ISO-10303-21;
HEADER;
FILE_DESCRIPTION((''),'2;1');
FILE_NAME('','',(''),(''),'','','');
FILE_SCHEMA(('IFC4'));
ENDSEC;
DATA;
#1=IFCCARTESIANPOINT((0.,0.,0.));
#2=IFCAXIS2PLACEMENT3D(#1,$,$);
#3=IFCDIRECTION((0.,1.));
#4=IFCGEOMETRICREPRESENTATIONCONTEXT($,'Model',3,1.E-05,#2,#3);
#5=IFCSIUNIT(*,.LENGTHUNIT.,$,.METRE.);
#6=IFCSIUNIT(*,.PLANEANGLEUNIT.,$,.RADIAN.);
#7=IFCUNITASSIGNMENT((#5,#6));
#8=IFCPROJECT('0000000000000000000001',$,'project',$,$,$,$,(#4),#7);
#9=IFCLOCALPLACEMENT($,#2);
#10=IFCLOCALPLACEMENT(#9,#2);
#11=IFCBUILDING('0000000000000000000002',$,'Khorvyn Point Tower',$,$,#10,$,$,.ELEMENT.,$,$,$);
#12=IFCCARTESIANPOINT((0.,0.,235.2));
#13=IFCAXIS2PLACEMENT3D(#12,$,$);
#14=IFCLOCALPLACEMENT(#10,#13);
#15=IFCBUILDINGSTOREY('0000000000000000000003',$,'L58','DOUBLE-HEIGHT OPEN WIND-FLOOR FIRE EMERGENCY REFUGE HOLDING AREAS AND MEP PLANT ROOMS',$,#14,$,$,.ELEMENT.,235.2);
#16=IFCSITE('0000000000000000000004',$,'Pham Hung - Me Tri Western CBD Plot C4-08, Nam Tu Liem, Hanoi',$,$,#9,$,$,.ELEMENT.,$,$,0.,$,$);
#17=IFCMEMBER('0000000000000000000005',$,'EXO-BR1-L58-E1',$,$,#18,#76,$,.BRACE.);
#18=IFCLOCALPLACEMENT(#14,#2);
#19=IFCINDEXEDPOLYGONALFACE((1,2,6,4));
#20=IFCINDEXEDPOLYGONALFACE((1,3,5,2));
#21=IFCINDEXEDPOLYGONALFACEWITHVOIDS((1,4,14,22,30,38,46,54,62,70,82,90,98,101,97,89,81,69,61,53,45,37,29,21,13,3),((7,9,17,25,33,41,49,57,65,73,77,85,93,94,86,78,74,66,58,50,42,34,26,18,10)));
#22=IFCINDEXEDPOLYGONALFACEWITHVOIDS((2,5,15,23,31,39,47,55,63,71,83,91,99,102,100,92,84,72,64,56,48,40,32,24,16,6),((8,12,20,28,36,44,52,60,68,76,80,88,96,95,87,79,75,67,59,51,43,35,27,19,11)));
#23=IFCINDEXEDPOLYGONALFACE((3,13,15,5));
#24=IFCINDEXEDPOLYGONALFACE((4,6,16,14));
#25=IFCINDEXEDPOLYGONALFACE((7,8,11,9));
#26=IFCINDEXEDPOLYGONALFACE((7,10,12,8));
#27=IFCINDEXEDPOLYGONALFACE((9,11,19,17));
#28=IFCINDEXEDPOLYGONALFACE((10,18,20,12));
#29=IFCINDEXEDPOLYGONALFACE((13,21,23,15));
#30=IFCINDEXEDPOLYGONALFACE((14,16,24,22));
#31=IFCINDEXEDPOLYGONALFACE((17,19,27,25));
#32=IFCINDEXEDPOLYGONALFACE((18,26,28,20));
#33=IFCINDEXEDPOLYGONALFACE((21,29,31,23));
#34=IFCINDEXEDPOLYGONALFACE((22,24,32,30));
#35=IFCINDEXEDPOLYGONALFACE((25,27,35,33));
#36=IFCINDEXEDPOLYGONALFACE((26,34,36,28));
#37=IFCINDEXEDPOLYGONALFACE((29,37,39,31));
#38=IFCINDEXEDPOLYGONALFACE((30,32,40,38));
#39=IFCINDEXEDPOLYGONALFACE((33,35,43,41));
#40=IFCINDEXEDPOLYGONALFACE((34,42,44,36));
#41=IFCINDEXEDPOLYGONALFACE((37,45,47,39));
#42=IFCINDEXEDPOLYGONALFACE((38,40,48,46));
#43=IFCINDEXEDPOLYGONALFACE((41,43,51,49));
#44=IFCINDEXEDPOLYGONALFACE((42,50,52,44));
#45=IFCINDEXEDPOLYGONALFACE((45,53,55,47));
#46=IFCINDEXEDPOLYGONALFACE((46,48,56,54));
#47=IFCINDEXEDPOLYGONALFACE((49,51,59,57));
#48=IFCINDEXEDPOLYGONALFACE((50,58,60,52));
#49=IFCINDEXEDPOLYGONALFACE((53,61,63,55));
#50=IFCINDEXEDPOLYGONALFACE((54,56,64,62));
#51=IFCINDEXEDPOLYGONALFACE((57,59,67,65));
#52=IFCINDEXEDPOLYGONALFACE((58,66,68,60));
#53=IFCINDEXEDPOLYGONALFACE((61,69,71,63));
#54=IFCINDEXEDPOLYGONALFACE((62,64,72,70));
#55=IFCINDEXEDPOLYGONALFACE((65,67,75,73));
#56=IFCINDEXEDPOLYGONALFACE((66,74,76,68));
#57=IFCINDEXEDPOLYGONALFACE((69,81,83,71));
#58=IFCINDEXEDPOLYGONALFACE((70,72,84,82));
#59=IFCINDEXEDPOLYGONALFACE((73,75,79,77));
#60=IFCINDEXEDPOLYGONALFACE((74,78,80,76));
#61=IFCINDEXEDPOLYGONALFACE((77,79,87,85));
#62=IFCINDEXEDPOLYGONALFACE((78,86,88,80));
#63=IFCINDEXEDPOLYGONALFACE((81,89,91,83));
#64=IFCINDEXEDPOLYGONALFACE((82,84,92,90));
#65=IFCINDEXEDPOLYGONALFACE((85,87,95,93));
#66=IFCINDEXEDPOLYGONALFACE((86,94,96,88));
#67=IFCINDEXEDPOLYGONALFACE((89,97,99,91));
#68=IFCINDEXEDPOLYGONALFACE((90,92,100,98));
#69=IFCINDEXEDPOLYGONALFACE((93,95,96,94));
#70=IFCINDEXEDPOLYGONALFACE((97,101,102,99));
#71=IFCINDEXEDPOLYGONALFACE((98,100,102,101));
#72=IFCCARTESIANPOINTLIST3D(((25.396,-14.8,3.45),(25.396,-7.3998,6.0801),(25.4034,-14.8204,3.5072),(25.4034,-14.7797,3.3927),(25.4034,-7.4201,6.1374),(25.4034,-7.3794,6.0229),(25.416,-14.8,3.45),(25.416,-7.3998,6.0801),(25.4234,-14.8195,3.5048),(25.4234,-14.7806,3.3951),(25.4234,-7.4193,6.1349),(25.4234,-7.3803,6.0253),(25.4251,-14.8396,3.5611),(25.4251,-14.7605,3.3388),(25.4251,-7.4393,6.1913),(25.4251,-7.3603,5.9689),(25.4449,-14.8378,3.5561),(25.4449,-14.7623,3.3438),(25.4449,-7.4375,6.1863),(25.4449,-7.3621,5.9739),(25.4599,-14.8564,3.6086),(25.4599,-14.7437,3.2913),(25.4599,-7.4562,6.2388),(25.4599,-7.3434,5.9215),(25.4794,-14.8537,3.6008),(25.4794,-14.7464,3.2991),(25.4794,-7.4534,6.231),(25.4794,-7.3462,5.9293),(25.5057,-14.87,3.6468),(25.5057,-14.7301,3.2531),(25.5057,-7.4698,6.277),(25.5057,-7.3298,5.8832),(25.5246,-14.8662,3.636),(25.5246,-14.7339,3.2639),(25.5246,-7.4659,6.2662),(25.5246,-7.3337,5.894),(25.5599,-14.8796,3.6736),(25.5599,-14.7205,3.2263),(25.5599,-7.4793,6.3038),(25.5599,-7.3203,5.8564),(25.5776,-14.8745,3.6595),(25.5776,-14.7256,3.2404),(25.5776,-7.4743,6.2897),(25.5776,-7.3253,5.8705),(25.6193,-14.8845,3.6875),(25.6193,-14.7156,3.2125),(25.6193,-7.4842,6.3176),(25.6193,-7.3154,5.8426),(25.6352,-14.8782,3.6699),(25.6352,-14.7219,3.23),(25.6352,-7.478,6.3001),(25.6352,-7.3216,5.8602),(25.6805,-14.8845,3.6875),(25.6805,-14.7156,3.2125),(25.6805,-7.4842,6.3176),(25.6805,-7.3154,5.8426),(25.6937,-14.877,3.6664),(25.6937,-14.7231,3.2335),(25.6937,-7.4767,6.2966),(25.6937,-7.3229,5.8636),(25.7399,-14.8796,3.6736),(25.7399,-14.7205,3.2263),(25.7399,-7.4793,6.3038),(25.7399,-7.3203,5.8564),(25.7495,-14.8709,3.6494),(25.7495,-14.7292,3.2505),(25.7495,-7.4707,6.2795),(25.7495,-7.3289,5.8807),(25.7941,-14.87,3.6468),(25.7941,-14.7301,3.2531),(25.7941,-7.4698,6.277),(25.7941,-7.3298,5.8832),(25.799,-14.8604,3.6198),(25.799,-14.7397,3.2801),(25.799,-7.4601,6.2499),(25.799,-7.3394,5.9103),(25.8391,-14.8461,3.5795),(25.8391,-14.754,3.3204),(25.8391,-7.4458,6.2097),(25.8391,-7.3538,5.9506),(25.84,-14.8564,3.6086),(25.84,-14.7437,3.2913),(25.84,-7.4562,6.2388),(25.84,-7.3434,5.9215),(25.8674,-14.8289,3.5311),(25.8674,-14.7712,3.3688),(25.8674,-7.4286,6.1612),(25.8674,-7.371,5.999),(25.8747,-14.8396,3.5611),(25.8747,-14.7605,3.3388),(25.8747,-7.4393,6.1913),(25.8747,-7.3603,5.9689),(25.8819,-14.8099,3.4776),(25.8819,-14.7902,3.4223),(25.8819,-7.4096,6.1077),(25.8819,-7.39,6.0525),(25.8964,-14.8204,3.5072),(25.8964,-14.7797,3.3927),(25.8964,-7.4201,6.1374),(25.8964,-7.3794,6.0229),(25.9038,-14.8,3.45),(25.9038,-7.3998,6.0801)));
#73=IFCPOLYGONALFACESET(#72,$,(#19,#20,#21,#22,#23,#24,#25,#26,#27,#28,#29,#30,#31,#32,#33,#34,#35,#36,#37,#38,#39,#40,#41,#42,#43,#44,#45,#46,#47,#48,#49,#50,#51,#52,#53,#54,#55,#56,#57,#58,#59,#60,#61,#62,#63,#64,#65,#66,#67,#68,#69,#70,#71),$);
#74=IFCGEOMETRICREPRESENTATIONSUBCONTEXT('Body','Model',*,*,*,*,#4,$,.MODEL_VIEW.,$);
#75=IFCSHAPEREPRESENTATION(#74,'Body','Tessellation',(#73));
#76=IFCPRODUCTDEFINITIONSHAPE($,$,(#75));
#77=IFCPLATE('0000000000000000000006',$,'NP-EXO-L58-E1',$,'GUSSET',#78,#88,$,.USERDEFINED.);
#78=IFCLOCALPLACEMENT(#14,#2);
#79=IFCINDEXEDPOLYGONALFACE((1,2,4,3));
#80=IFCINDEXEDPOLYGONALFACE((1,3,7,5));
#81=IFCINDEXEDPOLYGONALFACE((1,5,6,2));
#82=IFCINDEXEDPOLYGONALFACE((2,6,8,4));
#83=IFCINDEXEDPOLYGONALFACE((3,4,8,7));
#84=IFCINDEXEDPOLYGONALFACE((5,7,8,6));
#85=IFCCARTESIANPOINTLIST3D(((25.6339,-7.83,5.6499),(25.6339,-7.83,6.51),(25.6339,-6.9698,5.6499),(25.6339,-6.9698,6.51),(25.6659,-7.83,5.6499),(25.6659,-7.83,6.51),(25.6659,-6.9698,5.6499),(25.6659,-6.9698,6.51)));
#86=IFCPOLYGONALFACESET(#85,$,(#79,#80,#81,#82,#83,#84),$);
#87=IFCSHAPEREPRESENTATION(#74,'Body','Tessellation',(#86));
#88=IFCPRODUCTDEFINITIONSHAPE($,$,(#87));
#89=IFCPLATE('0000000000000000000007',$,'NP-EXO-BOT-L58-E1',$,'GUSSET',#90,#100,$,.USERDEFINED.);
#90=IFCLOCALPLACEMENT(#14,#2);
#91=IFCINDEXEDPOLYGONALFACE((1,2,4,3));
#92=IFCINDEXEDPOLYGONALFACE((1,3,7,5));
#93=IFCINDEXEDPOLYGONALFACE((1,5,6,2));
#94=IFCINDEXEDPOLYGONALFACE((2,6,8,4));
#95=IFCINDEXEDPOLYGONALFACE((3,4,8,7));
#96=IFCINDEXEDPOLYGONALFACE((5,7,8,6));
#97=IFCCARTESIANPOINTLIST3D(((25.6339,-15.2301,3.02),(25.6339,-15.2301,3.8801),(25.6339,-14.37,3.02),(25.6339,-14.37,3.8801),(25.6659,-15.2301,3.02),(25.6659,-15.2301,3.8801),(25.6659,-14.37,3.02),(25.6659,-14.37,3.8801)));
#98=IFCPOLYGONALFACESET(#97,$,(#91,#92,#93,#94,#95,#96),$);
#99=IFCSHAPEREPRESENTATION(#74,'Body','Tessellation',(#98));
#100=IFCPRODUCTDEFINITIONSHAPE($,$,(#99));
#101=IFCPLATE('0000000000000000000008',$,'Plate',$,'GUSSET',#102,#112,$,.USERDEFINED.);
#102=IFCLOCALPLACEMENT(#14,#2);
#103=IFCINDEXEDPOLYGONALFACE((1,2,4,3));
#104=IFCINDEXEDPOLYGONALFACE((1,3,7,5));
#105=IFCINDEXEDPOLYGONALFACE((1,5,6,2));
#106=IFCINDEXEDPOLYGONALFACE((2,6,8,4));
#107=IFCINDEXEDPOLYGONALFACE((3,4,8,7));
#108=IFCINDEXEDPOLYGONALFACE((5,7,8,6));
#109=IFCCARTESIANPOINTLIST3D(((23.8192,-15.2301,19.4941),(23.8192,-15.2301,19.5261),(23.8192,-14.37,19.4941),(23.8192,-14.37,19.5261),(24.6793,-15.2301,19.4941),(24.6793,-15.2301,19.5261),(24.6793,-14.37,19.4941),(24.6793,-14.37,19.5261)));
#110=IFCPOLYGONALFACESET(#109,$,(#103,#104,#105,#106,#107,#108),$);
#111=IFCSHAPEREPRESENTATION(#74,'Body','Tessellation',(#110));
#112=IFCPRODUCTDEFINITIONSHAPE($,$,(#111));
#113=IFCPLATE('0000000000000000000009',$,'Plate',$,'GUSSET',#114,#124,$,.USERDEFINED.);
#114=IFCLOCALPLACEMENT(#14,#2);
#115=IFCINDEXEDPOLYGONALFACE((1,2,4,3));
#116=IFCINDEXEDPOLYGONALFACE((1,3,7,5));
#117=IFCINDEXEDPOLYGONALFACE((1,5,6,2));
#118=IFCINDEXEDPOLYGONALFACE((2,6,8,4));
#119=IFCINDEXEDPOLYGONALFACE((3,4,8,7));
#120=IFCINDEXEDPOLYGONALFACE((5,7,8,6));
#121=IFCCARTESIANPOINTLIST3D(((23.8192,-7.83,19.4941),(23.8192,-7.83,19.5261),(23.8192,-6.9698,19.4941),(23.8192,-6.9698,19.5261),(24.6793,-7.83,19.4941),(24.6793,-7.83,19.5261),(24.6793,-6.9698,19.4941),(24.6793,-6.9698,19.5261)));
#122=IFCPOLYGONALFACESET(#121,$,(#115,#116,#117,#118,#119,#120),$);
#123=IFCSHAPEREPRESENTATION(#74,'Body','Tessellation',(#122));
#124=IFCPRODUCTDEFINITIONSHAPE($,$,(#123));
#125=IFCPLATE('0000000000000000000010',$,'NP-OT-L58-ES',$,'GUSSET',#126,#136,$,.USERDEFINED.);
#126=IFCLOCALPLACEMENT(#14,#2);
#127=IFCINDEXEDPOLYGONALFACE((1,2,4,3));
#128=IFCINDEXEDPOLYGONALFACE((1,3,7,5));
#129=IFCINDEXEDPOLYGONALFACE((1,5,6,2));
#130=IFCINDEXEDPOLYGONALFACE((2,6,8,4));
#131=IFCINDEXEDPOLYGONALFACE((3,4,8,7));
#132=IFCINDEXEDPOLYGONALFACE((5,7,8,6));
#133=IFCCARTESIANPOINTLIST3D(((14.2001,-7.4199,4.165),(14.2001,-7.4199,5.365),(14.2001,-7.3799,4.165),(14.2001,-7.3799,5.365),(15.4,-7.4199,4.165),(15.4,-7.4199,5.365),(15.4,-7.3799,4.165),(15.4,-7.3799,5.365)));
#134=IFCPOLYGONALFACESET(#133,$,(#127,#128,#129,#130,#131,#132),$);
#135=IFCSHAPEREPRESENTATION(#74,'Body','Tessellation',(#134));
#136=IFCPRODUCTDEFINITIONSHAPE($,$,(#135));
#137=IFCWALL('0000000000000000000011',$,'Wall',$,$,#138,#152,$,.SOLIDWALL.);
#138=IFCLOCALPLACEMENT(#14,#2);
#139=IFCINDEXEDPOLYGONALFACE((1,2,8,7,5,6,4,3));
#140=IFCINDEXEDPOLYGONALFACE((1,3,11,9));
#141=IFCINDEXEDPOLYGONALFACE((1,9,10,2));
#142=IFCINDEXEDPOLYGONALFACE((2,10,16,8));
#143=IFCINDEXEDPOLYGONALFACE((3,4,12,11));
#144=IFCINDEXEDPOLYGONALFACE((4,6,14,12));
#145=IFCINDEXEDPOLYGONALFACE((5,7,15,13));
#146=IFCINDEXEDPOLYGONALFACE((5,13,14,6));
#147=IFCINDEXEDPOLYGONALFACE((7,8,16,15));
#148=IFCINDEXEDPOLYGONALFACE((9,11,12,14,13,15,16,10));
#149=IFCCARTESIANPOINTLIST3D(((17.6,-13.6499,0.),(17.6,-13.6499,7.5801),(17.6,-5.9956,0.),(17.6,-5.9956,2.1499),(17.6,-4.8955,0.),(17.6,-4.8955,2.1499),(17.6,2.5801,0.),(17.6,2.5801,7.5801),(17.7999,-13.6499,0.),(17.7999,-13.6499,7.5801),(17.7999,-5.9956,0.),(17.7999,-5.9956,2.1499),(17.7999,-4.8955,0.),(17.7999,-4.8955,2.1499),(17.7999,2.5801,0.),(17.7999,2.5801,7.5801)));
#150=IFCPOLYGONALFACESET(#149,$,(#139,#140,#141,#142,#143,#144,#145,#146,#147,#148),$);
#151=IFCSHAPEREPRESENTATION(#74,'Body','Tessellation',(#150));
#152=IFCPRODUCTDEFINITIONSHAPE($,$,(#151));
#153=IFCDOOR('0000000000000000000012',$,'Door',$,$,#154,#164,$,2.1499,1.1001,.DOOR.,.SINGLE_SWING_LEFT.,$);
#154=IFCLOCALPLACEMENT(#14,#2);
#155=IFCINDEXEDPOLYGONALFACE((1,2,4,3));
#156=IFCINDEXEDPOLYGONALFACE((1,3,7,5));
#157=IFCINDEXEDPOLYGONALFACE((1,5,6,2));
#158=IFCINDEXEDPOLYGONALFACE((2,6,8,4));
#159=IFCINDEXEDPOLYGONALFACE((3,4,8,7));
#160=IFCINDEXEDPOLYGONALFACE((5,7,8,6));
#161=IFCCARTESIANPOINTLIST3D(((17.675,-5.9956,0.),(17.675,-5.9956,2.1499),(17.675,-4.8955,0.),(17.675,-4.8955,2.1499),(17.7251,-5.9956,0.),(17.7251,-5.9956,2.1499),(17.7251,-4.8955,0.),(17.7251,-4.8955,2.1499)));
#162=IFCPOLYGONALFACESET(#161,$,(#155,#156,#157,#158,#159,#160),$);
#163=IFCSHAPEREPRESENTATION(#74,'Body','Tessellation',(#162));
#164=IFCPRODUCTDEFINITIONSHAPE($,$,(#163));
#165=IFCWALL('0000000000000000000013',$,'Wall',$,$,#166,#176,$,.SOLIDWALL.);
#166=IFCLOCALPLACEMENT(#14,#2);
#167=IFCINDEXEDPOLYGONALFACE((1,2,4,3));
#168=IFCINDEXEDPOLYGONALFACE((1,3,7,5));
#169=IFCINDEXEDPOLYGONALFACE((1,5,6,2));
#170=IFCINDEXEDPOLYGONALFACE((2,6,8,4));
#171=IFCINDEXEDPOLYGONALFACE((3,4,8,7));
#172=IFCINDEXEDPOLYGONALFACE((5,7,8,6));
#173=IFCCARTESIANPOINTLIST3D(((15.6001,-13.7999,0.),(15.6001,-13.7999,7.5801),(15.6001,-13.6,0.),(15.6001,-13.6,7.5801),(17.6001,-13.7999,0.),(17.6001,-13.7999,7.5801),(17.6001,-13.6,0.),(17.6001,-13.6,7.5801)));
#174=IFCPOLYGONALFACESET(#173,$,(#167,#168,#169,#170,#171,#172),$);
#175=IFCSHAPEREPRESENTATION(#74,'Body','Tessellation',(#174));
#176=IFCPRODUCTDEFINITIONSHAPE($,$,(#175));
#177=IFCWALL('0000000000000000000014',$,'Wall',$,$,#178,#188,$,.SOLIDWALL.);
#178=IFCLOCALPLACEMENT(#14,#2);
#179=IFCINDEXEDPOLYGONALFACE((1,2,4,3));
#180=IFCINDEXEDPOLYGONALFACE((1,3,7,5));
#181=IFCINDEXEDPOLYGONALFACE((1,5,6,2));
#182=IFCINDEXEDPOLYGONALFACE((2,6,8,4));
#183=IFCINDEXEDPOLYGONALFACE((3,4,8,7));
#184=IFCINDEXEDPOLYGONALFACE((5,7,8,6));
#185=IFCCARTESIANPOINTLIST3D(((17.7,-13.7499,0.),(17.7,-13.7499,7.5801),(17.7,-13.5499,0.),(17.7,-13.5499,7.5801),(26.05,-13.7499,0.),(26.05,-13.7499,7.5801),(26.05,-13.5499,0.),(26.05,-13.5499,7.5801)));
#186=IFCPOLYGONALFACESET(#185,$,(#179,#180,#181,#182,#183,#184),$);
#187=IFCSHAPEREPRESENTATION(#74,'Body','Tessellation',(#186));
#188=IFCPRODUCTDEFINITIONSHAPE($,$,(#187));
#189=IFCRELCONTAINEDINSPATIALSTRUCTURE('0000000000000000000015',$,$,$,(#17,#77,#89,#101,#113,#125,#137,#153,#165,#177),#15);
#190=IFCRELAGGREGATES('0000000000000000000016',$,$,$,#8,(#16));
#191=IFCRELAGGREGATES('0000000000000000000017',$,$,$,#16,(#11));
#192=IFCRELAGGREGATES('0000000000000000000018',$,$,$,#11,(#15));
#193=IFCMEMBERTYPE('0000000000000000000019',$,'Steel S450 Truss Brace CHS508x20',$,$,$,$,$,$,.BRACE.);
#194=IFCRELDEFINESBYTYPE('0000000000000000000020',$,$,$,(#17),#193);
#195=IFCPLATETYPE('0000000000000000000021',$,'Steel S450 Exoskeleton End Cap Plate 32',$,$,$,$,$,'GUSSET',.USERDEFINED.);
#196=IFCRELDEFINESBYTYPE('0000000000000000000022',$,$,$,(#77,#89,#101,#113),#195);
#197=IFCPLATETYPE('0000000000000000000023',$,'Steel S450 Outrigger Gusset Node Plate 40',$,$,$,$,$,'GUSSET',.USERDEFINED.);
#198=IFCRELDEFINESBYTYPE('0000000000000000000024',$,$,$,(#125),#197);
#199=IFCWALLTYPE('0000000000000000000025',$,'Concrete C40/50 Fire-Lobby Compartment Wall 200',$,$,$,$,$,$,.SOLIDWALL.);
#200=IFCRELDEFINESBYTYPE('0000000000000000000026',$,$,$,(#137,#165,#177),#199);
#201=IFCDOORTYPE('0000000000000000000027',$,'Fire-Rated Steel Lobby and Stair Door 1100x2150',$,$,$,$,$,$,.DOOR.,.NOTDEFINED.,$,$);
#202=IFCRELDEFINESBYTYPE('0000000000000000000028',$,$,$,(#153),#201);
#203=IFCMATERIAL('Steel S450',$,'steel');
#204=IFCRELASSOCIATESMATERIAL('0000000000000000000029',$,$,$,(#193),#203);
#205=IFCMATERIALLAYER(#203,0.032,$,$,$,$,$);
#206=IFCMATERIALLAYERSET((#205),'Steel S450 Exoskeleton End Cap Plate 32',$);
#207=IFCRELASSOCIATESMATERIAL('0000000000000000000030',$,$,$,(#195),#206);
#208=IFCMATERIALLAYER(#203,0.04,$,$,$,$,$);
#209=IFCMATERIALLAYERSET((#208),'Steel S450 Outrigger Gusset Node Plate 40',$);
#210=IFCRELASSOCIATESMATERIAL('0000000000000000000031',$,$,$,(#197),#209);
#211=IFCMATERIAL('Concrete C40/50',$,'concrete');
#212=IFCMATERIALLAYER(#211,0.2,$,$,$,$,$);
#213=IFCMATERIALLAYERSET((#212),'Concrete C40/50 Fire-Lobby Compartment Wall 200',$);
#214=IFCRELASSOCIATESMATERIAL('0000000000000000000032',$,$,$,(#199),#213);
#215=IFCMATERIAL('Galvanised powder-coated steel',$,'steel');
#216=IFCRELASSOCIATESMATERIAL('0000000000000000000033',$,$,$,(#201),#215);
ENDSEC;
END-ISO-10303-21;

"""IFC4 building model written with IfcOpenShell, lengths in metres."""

from ifc_helpers import new_model, si_unit, direction, frame, frame_2d, origin, origin_2d, place, context, subcontext, project, spatial, rectangle, hollow_circle, extrude, material, layer, layer_set, material_profile, profile_set, type_object, element, fill, save


model = new_model("IFC4")

# Units and contexts
model_context = context("Model", 3, precision=1e-05, world=origin(), true_north=direction((0.0, 1.0)))
body_context = subcontext(model_context, "Body", "Model", "MODEL_VIEW")
ifc_project = project(units=[si_unit("LENGTHUNIT", "METRE"), si_unit("PLANEANGLEUNIT", "RADIAN")], contexts=[model_context])

# Site, building, storey
site_placement = place(None, origin())
site = spatial("IfcSite", under=ifc_project, at=site_placement, Name="Pham Hung - Me Tri Western CBD Plot C4-08, Nam Tu Liem, Hanoi", CompositionType="ELEMENT", RefElevation=0.0)
building_placement = place(site_placement, origin())
building = spatial("IfcBuilding", under=site, at=building_placement, Name="Khorvyn Point Tower", CompositionType="ELEMENT")
storey_placement = place(building_placement, frame((0.0, 0.0, 235.2)))
storey = spatial("IfcBuildingStorey", under=building, at=storey_placement, Name="L58", Description="DOUBLE-HEIGHT OPEN WIND-FLOOR FIRE EMERGENCY REFUGE HOLDING AREAS AND MEP PLANT ROOMS", CompositionType="ELEMENT", Elevation=235.2)

# Shared definitions
ifc_material_1 = material(Name="Steel S450", Category="steel")

# Member
ifc_material_profile_1 = material_profile(ifc_material_1, hollow_circle(Radius=0.2539, WallThickness=0.02, at=origin_2d()))
ifc_profile_set_1 = profile_set([ifc_material_profile_1], Name="Steel S450 CHS508x20")
member_type_1 = type_object("IfcMemberType", Name="Steel S450 Truss Brace CHS508x20", PredefinedType="BRACE", material=ifc_profile_set_1)
member_1_placement = place(storey_placement, frame((25.6499, -14.8, 3.45), z_axis=(0.0, 0.942256, 0.334893), x_axis=(-1.0, 0.0, 0.0)))
element("IfcMember", 1, at=member_1_placement, inside=storey, type_object=member_type_1, Name="EXO-BR1-L58-E1", PredefinedType="BRACE", context=body_context, shape_type="SweptSolid", body=[
    extrude(hollow_circle(Radius=0.2539, WallThickness=0.02, at=origin_2d()), origin(), (0.0, 0.0, 1.0), 7.8538),
])

# Plates
ifc_layer_1 = layer(ifc_material_1, 0.032)
ifc_layer_set_1 = layer_set([ifc_layer_1], Name="Steel S450 Exoskeleton End Cap Plate 32")
plate_type_1 = type_object("IfcPlateType", Name="Steel S450 Exoskeleton End Cap Plate 32", ElementType="GUSSET", PredefinedType="USERDEFINED", material=ifc_layer_set_1)
for number, where, z_axis, x_axis, name in (
    (2, (25.6499, -7.3999, 5.6499), (0.0, 0.0, 1.0), (1.0, 0.0, 0.0), "NP-EXO-L58-E1"),
    (3, (25.6499, -14.8, 3.02), (0.0, 0.0, 1.0), (1.0, 0.0, 0.0), "NP-EXO-BOT-L58-E1"),
):
    element("IfcPlate", number, at=place(storey_placement, frame(where, z_axis=z_axis, x_axis=x_axis)), inside=storey, type_object=plate_type_1, Name=name, ObjectType="GUSSET", PredefinedType="USERDEFINED", context=body_context, shape_type="SweptSolid", body=[
        extrude(rectangle(XDim=0.032, YDim=0.8601, at=origin_2d()), origin(), (0.0, 0.0, 1.0), 0.8601),
    ])
for number, where, z_axis, x_axis, name in (
    (4, (24.2493, -14.8, 19.4941), (0.0, 0.0, 1.0), (1.0, 0.0, 0.0), "Plate"),
    (5, (24.2493, -7.3999, 19.4941), (0.0, 0.0, 1.0), (1.0, 0.0, 0.0), "Plate"),
):
    element("IfcPlate", number, at=place(storey_placement, frame(where, z_axis=z_axis, x_axis=x_axis)), inside=storey, type_object=plate_type_1, Name=name, ObjectType="GUSSET", PredefinedType="USERDEFINED", context=body_context, shape_type="SweptSolid", body=[
        extrude(rectangle(XDim=0.8601, YDim=0.8601, at=origin_2d()), origin(), (0.0, 0.0, 1.0), 0.032),
    ])
ifc_layer_2 = layer(ifc_material_1, 0.04)
ifc_layer_set_2 = layer_set([ifc_layer_2], Name="Steel S450 Outrigger Gusset Node Plate 40")
plate_type_2 = type_object("IfcPlateType", Name="Steel S450 Outrigger Gusset Node Plate 40", ElementType="GUSSET", PredefinedType="USERDEFINED", material=ifc_layer_set_2)
plate_placement = place(storey_placement, frame((14.8, -7.3999, 4.165), z_axis=(0.0, 0.0, 1.0), x_axis=(1.0, 0.0, 0.0)))
element("IfcPlate", 6, at=plate_placement, inside=storey, type_object=plate_type_2, Name="NP-OT-L58-ES", ObjectType="GUSSET", PredefinedType="USERDEFINED", context=body_context, shape_type="SweptSolid", body=[
    extrude(rectangle(XDim=1.2, YDim=0.04, at=origin_2d()), origin(), (0.0, 0.0, 1.0), 1.2),
])

# Wall, opening, door
ifc_material_2 = material(Name="Concrete C40/50", Category="concrete")
ifc_layer_3 = layer(ifc_material_2, 0.2)
ifc_layer_set_3 = layer_set([ifc_layer_3], Name="Concrete C40/50 Fire-Lobby Compartment Wall 200")
wall_type = type_object("IfcWallType", Name="Concrete C40/50 Fire-Lobby Compartment Wall 200", PredefinedType="SOLIDWALL", material=ifc_layer_set_3)
wall_1_placement = place(storey_placement, frame((17.7, -13.6499, 0.0), z_axis=(0.0, 0.0, 1.0), x_axis=(0.0, 1.0, 0.0)))
wall_1 = element("IfcWall", 7, at=wall_1_placement, inside=storey, type_object=wall_type, Name="Wall", PredefinedType="SOLIDWALL", context=body_context, shape_type="SweptSolid", body=[
    extrude(rectangle(XDim=16.23, YDim=0.2, at=frame_2d((8.115, 0.0))), origin(), (0.0, 0.0, 1.0), 7.5801),
])
opening_placement = place(wall_1_placement, frame((7.6543, 0.0, 0.0)))
opening = element("IfcOpeningElement", 8, at=opening_placement, cuts=wall_1, PredefinedType="OPENING", context=body_context, shape_type="SweptSolid", body=[
    extrude(rectangle(XDim=1.1001, YDim=2.1499, at=frame_2d((0.55, 1.075))), frame((0.0, 0.1099, 0.0), z_axis=(0.0, -1.0, 0.0), x_axis=(1.0, 0.0, 0.0)), (0.0, 0.0, 1.0), 0.22),
])
ifc_material_3 = material(Name="Galvanised powder-coated steel", Category="steel")
door_type = type_object("IfcDoorType", Name="Fire-Rated Steel Lobby and Stair Door 1100x2150", OperationType="NOTDEFINED", PredefinedType="DOOR", material=ifc_material_3)
door_placement = place(opening_placement, origin())
door = element("IfcDoor", 9, at=door_placement, inside=storey, type_object=door_type, Name="Door", OperationType="SINGLE_SWING_LEFT", OverallHeight=2.1499, OverallWidth=1.1001, PredefinedType="DOOR", context=body_context, shape_type="SweptSolid", body=[
    extrude(rectangle(XDim=1.1001, YDim=2.1499, at=frame_2d((0.55, 1.075))), frame((0.0, 0.0249, 0.0), z_axis=(0.0, -1.0, 0.0), x_axis=(1.0, 0.0, 0.0)), (0.0, 0.0, 1.0), 0.05),
])
fill(opening, door)

# Walls
wall_2_placement = place(storey_placement, frame((15.6001, -13.7, 0.0), z_axis=(0.0, 0.0, 1.0), x_axis=(1.0, 0.0, 0.0)))
element("IfcWall", 10, at=wall_2_placement, inside=storey, type_object=wall_type, Name="Wall", PredefinedType="SOLIDWALL", context=body_context, shape_type="SweptSolid", body=[
    extrude(rectangle(XDim=2.0, YDim=0.2, at=frame_2d((1.0, 0.0))), origin(), (0.0, 0.0, 1.0), 7.5801),
])
wall_3_placement = place(storey_placement, frame((17.7, -13.6499, 0.0), z_axis=(0.0, 0.0, 1.0), x_axis=(1.0, 0.0, 0.0)))
element("IfcWall", 11, at=wall_3_placement, inside=storey, type_object=wall_type, Name="Wall", PredefinedType="SOLIDWALL", context=body_context, shape_type="SweptSolid", body=[
    extrude(rectangle(XDim=8.3501, YDim=0.2, at=frame_2d((4.175, 0.0))), origin(), (0.0, 0.0, 1.0), 7.5801),
])

save(model, "model.ifc")
